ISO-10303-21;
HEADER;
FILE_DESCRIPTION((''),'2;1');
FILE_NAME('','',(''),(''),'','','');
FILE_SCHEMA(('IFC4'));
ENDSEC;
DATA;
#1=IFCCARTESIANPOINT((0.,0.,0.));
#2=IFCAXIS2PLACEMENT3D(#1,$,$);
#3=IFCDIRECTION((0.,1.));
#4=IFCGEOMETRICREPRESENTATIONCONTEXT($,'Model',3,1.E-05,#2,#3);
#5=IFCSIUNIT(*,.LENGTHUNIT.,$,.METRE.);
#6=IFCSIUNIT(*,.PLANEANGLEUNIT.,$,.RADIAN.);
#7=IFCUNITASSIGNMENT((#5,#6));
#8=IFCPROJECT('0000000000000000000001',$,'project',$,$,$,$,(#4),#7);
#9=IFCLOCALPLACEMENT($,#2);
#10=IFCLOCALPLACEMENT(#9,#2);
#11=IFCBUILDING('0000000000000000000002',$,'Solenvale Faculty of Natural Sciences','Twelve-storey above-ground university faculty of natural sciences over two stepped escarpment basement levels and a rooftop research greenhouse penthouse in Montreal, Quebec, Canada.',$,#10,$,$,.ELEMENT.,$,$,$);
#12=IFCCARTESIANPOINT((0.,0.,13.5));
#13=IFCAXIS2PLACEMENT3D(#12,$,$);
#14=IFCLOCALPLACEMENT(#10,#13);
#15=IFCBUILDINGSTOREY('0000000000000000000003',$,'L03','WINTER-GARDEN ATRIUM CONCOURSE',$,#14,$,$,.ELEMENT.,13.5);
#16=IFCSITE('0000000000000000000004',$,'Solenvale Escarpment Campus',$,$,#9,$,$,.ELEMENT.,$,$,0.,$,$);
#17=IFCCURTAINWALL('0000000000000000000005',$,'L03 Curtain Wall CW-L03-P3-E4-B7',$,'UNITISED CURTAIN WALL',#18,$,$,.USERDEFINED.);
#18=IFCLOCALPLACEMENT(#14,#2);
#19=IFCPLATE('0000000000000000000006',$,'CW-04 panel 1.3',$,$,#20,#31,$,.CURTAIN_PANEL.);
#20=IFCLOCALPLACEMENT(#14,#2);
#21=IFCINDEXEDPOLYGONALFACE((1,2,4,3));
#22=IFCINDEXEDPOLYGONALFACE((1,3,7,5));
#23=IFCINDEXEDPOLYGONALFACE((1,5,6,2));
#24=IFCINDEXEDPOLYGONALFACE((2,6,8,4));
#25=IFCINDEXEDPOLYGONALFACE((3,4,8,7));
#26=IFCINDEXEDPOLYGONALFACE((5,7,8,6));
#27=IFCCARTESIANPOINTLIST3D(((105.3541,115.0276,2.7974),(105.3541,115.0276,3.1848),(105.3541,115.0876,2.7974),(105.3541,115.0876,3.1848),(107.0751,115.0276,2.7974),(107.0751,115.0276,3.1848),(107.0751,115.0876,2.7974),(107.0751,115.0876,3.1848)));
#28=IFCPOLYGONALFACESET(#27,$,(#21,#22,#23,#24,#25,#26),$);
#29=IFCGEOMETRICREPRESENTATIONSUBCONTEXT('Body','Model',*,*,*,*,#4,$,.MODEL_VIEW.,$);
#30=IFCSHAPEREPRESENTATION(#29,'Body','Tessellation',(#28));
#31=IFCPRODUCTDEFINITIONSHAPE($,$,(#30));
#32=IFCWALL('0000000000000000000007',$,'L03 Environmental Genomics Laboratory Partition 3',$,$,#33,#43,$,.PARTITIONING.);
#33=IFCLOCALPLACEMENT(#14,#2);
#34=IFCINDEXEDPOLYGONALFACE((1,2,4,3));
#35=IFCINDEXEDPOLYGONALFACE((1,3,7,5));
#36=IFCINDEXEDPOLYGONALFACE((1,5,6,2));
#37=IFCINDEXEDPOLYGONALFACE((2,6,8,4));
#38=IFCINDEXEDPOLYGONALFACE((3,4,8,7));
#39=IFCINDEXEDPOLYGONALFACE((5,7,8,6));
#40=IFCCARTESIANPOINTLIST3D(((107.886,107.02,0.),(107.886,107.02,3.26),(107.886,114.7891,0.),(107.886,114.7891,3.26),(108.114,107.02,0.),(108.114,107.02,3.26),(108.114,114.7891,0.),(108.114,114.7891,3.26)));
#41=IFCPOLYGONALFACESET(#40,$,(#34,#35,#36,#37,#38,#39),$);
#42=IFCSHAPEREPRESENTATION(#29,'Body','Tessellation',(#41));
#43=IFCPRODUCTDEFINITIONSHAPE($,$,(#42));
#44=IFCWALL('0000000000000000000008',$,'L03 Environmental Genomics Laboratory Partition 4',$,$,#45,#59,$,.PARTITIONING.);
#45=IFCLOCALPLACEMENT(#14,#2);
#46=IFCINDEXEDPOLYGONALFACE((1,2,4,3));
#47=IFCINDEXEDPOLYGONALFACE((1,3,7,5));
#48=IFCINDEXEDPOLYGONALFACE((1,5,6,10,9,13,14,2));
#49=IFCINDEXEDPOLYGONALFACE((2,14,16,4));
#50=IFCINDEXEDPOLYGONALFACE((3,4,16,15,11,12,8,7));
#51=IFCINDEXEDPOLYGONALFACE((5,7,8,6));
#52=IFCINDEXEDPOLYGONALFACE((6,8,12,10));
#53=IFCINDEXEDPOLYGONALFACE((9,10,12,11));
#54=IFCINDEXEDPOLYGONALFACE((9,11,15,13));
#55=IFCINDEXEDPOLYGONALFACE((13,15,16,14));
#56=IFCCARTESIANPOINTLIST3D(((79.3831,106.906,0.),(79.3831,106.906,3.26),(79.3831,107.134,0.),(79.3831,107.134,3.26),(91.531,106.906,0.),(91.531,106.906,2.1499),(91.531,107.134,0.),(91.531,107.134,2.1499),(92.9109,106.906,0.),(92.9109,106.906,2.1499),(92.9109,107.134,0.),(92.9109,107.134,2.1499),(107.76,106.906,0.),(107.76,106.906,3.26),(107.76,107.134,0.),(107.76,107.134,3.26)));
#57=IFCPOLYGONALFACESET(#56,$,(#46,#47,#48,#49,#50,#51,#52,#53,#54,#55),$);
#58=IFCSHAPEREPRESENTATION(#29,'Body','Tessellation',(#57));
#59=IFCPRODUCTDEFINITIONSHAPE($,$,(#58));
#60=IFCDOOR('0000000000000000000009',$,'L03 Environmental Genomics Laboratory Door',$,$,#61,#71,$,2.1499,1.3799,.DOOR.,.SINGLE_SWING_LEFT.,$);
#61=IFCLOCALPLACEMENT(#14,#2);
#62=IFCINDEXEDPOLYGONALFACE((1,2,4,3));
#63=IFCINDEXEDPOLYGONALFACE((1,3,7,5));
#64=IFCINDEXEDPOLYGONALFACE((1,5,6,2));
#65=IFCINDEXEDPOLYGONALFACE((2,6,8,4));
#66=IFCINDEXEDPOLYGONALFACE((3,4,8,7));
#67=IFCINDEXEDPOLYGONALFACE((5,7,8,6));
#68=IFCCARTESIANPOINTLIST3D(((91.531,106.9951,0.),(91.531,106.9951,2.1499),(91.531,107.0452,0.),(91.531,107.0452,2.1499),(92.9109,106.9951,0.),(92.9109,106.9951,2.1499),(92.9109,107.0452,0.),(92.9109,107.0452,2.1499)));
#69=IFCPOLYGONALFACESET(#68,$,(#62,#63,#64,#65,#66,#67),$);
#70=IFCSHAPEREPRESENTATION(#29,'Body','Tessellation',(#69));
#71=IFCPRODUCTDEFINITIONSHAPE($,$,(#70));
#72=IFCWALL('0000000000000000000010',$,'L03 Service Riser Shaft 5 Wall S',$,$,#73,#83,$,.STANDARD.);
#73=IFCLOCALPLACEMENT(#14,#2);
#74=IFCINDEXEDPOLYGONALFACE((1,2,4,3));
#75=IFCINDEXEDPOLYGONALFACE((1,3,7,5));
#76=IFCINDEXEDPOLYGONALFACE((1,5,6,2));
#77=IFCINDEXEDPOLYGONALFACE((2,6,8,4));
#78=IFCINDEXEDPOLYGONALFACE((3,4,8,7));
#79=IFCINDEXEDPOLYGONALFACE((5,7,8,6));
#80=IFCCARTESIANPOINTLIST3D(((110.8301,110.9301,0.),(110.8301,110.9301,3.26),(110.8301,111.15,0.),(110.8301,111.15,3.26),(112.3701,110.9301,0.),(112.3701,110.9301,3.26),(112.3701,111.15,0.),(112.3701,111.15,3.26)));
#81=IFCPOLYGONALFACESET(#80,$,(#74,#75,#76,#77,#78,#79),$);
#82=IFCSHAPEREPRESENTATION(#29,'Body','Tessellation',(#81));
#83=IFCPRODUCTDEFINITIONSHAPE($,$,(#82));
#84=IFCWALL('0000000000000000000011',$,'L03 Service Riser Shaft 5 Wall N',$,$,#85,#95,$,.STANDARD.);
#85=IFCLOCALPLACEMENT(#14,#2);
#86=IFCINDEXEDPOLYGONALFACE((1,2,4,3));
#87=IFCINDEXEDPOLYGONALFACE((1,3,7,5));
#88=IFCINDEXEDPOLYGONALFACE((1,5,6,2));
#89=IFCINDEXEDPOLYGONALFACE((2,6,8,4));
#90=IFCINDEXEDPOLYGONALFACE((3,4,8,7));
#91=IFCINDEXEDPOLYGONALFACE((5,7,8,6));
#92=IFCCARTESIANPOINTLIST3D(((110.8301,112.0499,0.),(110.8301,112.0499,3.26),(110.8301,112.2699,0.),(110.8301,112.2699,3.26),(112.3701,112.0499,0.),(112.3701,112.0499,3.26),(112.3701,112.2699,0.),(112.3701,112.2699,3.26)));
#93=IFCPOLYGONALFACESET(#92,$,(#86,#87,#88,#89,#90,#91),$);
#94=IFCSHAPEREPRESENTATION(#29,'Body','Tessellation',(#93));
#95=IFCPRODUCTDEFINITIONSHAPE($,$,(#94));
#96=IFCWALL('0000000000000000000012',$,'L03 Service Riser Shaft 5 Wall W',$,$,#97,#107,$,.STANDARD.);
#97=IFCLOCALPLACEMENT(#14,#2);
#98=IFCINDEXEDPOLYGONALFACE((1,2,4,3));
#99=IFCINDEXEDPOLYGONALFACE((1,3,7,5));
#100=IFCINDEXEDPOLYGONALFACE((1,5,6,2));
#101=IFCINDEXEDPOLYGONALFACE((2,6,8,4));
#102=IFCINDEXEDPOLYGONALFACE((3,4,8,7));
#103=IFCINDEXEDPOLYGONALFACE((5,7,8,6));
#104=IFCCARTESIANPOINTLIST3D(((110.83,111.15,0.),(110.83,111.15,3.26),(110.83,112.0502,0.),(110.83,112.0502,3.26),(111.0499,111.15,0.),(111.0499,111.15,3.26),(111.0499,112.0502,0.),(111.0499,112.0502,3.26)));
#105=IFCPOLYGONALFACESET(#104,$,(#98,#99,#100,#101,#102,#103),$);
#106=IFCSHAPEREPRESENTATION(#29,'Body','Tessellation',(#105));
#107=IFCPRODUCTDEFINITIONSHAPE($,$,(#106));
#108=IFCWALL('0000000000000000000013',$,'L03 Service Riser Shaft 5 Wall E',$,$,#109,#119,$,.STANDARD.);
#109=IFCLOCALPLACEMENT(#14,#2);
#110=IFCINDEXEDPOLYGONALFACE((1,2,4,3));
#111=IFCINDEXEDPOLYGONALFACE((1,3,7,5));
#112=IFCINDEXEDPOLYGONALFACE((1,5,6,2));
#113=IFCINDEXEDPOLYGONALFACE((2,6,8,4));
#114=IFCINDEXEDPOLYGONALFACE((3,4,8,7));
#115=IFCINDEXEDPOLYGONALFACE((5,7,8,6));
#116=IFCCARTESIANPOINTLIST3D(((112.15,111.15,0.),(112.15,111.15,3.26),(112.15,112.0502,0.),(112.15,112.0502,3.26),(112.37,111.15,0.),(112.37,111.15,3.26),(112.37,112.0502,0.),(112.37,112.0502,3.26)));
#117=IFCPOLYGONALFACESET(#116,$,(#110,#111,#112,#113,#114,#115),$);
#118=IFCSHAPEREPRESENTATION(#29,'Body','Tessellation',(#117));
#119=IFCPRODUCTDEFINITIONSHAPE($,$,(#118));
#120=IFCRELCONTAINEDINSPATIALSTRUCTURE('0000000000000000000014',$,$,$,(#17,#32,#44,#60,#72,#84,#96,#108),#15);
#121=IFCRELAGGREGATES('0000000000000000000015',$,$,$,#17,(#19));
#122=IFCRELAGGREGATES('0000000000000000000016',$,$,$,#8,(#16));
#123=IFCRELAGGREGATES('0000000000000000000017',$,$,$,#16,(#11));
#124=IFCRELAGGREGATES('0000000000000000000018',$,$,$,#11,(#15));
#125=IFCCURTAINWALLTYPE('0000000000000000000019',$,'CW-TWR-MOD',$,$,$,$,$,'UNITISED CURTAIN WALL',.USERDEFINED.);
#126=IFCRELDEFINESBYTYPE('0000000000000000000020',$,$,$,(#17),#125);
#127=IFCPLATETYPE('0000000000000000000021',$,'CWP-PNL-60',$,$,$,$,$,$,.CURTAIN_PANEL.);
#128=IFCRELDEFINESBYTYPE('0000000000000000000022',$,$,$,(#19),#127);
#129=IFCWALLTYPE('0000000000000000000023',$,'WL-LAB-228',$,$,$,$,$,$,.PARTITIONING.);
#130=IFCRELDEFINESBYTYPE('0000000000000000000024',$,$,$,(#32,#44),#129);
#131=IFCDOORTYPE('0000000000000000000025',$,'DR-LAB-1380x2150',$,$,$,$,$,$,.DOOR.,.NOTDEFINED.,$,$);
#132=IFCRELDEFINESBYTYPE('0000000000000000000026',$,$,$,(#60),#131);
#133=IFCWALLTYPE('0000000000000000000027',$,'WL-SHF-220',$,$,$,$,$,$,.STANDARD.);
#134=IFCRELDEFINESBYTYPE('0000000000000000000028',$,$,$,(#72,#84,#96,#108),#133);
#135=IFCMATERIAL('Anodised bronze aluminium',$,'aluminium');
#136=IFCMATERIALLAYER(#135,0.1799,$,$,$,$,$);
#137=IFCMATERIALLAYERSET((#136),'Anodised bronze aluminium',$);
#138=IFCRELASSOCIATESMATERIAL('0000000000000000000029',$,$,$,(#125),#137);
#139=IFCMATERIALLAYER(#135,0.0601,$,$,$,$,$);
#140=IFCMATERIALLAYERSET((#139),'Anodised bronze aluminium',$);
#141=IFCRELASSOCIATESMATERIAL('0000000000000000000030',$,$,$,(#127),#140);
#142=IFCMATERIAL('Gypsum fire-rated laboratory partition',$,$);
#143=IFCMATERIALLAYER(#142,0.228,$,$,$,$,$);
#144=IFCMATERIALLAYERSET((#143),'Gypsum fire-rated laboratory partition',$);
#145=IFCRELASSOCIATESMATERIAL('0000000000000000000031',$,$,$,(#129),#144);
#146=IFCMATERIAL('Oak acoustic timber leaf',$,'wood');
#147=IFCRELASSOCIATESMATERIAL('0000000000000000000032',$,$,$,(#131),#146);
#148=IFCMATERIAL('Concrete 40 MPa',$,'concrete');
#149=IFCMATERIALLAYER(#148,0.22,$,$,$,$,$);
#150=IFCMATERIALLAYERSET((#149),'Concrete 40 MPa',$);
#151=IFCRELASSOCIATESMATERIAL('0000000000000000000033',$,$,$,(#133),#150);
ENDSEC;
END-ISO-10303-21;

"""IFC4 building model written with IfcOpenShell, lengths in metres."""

from ifc_helpers import new_model, si_unit, direction, frame, frame_2d, origin, origin_2d, place, context, subcontext, project, spatial, rectangle, extrude, material, layer, layer_set, type_object, element, fill, aggregate, save


model = new_model("IFC4")

# Units and contexts
model_context = context("Model", 3, precision=1e-05, world=origin(), true_north=direction((0.0, 1.0)))
body_context = subcontext(model_context, "Body", "Model", "MODEL_VIEW")
ifc_project = project(units=[si_unit("LENGTHUNIT", "METRE"), si_unit("PLANEANGLEUNIT", "RADIAN")], contexts=[model_context])

# Site, building, storey
site_placement = place(None, origin())
site = spatial("IfcSite", under=ifc_project, at=site_placement, Name="Solenvale Escarpment Campus", CompositionType="ELEMENT", RefElevation=0.0)
building_placement = place(site_placement, origin())
building = spatial("IfcBuilding", under=site, at=building_placement, Name="Solenvale Faculty of Natural Sciences", Description="Twelve-storey above-ground university faculty of natural sciences over two stepped escarpment basement levels and a rooftop research greenhouse penthouse in Montreal, Quebec, Canada.", CompositionType="ELEMENT")
storey_placement = place(building_placement, frame((0.0, 0.0, 13.5)))
storey = spatial("IfcBuildingStorey", under=building, at=storey_placement, Name="L03", Description="WINTER-GARDEN ATRIUM CONCOURSE", CompositionType="ELEMENT", Elevation=13.5)

# Shared definitions
ifc_material_1 = material(Name="Concrete 40 MPa", Category="concrete")

# Curtain wall, plate
ifc_material_2 = material(Name="Anodised bronze aluminium", Category="aluminium")
ifc_layer_1 = layer(ifc_material_2, 0.1799)
ifc_layer_set_1 = layer_set([ifc_layer_1], Name="Anodised bronze aluminium")
curtain_wall_type = type_object("IfcCurtainWallType", Name="CW-TWR-MOD", ElementType="UNITISED CURTAIN WALL", PredefinedType="USERDEFINED", material=ifc_layer_set_1)
curtain_wall_placement = place(storey_placement, origin())
curtain_wall = element("IfcCurtainWall", 1, at=curtain_wall_placement, inside=storey, type_object=curtain_wall_type, Name="L03 Curtain Wall CW-L03-P3-E4-B7", ObjectType="UNITISED CURTAIN WALL", PredefinedType="USERDEFINED")
ifc_layer_2 = layer(ifc_material_2, 0.0601)
ifc_layer_set_2 = layer_set([ifc_layer_2], Name="Anodised bronze aluminium")
plate_type = type_object("IfcPlateType", Name="CWP-PNL-60", PredefinedType="CURTAIN_PANEL", material=ifc_layer_set_2)
plate_1_placement = place(storey_placement, frame((106.2146, 115.0576, 2.7974), z_axis=(0.0, 0.0, 1.0), x_axis=(-1.0, 0.0, 0.0)))
plate_1 = element("IfcPlate", 2, at=plate_1_placement, type_object=plate_type, Name="CW-04 panel 1.3", PredefinedType="CURTAIN_PANEL", context=body_context, shape_type="SweptSolid", body=[
    extrude(rectangle(XDim=1.7209, YDim=0.0601, at=origin_2d()), origin(), (0.0, 0.0, 1.0), 0.3875),
])
aggregate(curtain_wall, [plate_1])

# Wall
ifc_material_3 = material(Name="Gypsum fire-rated laboratory partition")
ifc_layer_3 = layer(ifc_material_3, 0.228)
ifc_layer_set_3 = layer_set([ifc_layer_3], Name="Gypsum fire-rated laboratory partition")
wall_type_1 = type_object("IfcWallType", Name="WL-LAB-228", PredefinedType="PARTITIONING", material=ifc_layer_set_3)
wall_1_placement = place(storey_placement, frame((108.0, 114.7891, 0.0), z_axis=(0.0, 0.0, 1.0), x_axis=(0.0, -1.0, 0.0)))
element("IfcWall", 3, at=wall_1_placement, inside=storey, type_object=wall_type_1, Name="L03 Environmental Genomics Laboratory Partition 3", PredefinedType="PARTITIONING", context=body_context, shape_type="SweptSolid", body=[
    extrude(rectangle(XDim=7.769, YDim=0.228, at=frame_2d((3.8845, 0.0))), origin(), (0.0, 0.0, 1.0), 3.26),
])

# Wall, opening, door
wall_2_placement = place(storey_placement, frame((107.76, 107.02, 0.0), z_axis=(0.0, 0.0, 1.0), x_axis=(-1.0, 0.0, 0.0)))
wall_2 = element("IfcWall", 4, at=wall_2_placement, inside=storey, type_object=wall_type_1, Name="L03 Environmental Genomics Laboratory Partition 4", PredefinedType="PARTITIONING", context=body_context, shape_type="SweptSolid", body=[
    extrude(rectangle(XDim=28.377, YDim=0.228, at=frame_2d((14.1885, 0.0))), origin(), (0.0, 0.0, 1.0), 3.26),
])
opening_placement = place(wall_2_placement, frame((14.8491, 0.0, 0.0)))
opening = element("IfcOpeningElement", 5, at=opening_placement, cuts=wall_2, PredefinedType="OPENING", context=body_context, shape_type="SweptSolid", body=[
    extrude(rectangle(XDim=1.3799, YDim=2.1499, at=frame_2d((0.6899, 1.075))), frame((0.0, 0.124, 0.0), z_axis=(0.0, -1.0, 0.0), x_axis=(1.0, 0.0, 0.0)), (0.0, 0.0, 1.0), 0.248),
])
ifc_material_4 = material(Name="Oak acoustic timber leaf", Category="wood")
door_type = type_object("IfcDoorType", Name="DR-LAB-1380x2150", OperationType="NOTDEFINED", PredefinedType="DOOR", material=ifc_material_4)
door_placement = place(opening_placement, origin())
door = element("IfcDoor", 6, at=door_placement, inside=storey, type_object=door_type, Name="L03 Environmental Genomics Laboratory Door", OperationType="SINGLE_SWING_LEFT", OverallHeight=2.1499, OverallWidth=1.3799, PredefinedType="DOOR", context=body_context, shape_type="SweptSolid", body=[
    extrude(rectangle(XDim=1.3799, YDim=2.1499, at=frame_2d((0.6899, 1.075))), frame((0.0, 0.0249, 0.0), z_axis=(0.0, -1.0, 0.0), x_axis=(1.0, 0.0, 0.0)), (0.0, 0.0, 1.0), 0.05),
])
fill(opening, door)

# Walls
ifc_layer_4 = layer(ifc_material_1, 0.22)
ifc_layer_set_4 = layer_set([ifc_layer_4], Name="Concrete 40 MPa")
wall_type_2 = type_object("IfcWallType", Name="WL-SHF-220", PredefinedType="STANDARD", material=ifc_layer_set_4)
for number, where, z_axis, x_axis, name in (
    (7, (110.8301, 111.04, 0.0), (0.0, 0.0, 1.0), (1.0, 0.0, 0.0), "L03 Service Riser Shaft 5 Wall S"),
    (8, (110.8301, 112.1599, 0.0), (0.0, 0.0, 1.0), (1.0, 0.0, 0.0), "L03 Service Riser Shaft 5 Wall N"),
):
    element("IfcWall", number, at=place(storey_placement, frame(where, z_axis=z_axis, x_axis=x_axis)), inside=storey, type_object=wall_type_2, Name=name, PredefinedType="STANDARD", context=body_context, shape_type="SweptSolid", body=[
        extrude(rectangle(XDim=1.54, YDim=0.22, at=frame_2d((0.77, 0.0))), origin(), (0.0, 0.0, 1.0), 3.26),
    ])
for number, where, z_axis, x_axis, name in (
    (9, (110.9399, 111.1499, 0.0), (0.0, 0.0, 1.0), (0.0, 1.0, 0.0), "L03 Service Riser Shaft 5 Wall W"),
    (10, (112.26, 111.1499, 0.0), (0.0, 0.0, 1.0), (0.0, 1.0, 0.0), "L03 Service Riser Shaft 5 Wall E"),
):
    element("IfcWall", number, at=place(storey_placement, frame(where, z_axis=z_axis, x_axis=x_axis)), inside=storey, type_object=wall_type_2, Name=name, PredefinedType="STANDARD", context=body_context, shape_type="SweptSolid", body=[
        extrude(rectangle(XDim=0.9001, YDim=0.22, at=frame_2d((0.4502, 0.0))), origin(), (0.0, 0.0, 1.0), 3.26),
    ])

save(model, "model.ifc")
